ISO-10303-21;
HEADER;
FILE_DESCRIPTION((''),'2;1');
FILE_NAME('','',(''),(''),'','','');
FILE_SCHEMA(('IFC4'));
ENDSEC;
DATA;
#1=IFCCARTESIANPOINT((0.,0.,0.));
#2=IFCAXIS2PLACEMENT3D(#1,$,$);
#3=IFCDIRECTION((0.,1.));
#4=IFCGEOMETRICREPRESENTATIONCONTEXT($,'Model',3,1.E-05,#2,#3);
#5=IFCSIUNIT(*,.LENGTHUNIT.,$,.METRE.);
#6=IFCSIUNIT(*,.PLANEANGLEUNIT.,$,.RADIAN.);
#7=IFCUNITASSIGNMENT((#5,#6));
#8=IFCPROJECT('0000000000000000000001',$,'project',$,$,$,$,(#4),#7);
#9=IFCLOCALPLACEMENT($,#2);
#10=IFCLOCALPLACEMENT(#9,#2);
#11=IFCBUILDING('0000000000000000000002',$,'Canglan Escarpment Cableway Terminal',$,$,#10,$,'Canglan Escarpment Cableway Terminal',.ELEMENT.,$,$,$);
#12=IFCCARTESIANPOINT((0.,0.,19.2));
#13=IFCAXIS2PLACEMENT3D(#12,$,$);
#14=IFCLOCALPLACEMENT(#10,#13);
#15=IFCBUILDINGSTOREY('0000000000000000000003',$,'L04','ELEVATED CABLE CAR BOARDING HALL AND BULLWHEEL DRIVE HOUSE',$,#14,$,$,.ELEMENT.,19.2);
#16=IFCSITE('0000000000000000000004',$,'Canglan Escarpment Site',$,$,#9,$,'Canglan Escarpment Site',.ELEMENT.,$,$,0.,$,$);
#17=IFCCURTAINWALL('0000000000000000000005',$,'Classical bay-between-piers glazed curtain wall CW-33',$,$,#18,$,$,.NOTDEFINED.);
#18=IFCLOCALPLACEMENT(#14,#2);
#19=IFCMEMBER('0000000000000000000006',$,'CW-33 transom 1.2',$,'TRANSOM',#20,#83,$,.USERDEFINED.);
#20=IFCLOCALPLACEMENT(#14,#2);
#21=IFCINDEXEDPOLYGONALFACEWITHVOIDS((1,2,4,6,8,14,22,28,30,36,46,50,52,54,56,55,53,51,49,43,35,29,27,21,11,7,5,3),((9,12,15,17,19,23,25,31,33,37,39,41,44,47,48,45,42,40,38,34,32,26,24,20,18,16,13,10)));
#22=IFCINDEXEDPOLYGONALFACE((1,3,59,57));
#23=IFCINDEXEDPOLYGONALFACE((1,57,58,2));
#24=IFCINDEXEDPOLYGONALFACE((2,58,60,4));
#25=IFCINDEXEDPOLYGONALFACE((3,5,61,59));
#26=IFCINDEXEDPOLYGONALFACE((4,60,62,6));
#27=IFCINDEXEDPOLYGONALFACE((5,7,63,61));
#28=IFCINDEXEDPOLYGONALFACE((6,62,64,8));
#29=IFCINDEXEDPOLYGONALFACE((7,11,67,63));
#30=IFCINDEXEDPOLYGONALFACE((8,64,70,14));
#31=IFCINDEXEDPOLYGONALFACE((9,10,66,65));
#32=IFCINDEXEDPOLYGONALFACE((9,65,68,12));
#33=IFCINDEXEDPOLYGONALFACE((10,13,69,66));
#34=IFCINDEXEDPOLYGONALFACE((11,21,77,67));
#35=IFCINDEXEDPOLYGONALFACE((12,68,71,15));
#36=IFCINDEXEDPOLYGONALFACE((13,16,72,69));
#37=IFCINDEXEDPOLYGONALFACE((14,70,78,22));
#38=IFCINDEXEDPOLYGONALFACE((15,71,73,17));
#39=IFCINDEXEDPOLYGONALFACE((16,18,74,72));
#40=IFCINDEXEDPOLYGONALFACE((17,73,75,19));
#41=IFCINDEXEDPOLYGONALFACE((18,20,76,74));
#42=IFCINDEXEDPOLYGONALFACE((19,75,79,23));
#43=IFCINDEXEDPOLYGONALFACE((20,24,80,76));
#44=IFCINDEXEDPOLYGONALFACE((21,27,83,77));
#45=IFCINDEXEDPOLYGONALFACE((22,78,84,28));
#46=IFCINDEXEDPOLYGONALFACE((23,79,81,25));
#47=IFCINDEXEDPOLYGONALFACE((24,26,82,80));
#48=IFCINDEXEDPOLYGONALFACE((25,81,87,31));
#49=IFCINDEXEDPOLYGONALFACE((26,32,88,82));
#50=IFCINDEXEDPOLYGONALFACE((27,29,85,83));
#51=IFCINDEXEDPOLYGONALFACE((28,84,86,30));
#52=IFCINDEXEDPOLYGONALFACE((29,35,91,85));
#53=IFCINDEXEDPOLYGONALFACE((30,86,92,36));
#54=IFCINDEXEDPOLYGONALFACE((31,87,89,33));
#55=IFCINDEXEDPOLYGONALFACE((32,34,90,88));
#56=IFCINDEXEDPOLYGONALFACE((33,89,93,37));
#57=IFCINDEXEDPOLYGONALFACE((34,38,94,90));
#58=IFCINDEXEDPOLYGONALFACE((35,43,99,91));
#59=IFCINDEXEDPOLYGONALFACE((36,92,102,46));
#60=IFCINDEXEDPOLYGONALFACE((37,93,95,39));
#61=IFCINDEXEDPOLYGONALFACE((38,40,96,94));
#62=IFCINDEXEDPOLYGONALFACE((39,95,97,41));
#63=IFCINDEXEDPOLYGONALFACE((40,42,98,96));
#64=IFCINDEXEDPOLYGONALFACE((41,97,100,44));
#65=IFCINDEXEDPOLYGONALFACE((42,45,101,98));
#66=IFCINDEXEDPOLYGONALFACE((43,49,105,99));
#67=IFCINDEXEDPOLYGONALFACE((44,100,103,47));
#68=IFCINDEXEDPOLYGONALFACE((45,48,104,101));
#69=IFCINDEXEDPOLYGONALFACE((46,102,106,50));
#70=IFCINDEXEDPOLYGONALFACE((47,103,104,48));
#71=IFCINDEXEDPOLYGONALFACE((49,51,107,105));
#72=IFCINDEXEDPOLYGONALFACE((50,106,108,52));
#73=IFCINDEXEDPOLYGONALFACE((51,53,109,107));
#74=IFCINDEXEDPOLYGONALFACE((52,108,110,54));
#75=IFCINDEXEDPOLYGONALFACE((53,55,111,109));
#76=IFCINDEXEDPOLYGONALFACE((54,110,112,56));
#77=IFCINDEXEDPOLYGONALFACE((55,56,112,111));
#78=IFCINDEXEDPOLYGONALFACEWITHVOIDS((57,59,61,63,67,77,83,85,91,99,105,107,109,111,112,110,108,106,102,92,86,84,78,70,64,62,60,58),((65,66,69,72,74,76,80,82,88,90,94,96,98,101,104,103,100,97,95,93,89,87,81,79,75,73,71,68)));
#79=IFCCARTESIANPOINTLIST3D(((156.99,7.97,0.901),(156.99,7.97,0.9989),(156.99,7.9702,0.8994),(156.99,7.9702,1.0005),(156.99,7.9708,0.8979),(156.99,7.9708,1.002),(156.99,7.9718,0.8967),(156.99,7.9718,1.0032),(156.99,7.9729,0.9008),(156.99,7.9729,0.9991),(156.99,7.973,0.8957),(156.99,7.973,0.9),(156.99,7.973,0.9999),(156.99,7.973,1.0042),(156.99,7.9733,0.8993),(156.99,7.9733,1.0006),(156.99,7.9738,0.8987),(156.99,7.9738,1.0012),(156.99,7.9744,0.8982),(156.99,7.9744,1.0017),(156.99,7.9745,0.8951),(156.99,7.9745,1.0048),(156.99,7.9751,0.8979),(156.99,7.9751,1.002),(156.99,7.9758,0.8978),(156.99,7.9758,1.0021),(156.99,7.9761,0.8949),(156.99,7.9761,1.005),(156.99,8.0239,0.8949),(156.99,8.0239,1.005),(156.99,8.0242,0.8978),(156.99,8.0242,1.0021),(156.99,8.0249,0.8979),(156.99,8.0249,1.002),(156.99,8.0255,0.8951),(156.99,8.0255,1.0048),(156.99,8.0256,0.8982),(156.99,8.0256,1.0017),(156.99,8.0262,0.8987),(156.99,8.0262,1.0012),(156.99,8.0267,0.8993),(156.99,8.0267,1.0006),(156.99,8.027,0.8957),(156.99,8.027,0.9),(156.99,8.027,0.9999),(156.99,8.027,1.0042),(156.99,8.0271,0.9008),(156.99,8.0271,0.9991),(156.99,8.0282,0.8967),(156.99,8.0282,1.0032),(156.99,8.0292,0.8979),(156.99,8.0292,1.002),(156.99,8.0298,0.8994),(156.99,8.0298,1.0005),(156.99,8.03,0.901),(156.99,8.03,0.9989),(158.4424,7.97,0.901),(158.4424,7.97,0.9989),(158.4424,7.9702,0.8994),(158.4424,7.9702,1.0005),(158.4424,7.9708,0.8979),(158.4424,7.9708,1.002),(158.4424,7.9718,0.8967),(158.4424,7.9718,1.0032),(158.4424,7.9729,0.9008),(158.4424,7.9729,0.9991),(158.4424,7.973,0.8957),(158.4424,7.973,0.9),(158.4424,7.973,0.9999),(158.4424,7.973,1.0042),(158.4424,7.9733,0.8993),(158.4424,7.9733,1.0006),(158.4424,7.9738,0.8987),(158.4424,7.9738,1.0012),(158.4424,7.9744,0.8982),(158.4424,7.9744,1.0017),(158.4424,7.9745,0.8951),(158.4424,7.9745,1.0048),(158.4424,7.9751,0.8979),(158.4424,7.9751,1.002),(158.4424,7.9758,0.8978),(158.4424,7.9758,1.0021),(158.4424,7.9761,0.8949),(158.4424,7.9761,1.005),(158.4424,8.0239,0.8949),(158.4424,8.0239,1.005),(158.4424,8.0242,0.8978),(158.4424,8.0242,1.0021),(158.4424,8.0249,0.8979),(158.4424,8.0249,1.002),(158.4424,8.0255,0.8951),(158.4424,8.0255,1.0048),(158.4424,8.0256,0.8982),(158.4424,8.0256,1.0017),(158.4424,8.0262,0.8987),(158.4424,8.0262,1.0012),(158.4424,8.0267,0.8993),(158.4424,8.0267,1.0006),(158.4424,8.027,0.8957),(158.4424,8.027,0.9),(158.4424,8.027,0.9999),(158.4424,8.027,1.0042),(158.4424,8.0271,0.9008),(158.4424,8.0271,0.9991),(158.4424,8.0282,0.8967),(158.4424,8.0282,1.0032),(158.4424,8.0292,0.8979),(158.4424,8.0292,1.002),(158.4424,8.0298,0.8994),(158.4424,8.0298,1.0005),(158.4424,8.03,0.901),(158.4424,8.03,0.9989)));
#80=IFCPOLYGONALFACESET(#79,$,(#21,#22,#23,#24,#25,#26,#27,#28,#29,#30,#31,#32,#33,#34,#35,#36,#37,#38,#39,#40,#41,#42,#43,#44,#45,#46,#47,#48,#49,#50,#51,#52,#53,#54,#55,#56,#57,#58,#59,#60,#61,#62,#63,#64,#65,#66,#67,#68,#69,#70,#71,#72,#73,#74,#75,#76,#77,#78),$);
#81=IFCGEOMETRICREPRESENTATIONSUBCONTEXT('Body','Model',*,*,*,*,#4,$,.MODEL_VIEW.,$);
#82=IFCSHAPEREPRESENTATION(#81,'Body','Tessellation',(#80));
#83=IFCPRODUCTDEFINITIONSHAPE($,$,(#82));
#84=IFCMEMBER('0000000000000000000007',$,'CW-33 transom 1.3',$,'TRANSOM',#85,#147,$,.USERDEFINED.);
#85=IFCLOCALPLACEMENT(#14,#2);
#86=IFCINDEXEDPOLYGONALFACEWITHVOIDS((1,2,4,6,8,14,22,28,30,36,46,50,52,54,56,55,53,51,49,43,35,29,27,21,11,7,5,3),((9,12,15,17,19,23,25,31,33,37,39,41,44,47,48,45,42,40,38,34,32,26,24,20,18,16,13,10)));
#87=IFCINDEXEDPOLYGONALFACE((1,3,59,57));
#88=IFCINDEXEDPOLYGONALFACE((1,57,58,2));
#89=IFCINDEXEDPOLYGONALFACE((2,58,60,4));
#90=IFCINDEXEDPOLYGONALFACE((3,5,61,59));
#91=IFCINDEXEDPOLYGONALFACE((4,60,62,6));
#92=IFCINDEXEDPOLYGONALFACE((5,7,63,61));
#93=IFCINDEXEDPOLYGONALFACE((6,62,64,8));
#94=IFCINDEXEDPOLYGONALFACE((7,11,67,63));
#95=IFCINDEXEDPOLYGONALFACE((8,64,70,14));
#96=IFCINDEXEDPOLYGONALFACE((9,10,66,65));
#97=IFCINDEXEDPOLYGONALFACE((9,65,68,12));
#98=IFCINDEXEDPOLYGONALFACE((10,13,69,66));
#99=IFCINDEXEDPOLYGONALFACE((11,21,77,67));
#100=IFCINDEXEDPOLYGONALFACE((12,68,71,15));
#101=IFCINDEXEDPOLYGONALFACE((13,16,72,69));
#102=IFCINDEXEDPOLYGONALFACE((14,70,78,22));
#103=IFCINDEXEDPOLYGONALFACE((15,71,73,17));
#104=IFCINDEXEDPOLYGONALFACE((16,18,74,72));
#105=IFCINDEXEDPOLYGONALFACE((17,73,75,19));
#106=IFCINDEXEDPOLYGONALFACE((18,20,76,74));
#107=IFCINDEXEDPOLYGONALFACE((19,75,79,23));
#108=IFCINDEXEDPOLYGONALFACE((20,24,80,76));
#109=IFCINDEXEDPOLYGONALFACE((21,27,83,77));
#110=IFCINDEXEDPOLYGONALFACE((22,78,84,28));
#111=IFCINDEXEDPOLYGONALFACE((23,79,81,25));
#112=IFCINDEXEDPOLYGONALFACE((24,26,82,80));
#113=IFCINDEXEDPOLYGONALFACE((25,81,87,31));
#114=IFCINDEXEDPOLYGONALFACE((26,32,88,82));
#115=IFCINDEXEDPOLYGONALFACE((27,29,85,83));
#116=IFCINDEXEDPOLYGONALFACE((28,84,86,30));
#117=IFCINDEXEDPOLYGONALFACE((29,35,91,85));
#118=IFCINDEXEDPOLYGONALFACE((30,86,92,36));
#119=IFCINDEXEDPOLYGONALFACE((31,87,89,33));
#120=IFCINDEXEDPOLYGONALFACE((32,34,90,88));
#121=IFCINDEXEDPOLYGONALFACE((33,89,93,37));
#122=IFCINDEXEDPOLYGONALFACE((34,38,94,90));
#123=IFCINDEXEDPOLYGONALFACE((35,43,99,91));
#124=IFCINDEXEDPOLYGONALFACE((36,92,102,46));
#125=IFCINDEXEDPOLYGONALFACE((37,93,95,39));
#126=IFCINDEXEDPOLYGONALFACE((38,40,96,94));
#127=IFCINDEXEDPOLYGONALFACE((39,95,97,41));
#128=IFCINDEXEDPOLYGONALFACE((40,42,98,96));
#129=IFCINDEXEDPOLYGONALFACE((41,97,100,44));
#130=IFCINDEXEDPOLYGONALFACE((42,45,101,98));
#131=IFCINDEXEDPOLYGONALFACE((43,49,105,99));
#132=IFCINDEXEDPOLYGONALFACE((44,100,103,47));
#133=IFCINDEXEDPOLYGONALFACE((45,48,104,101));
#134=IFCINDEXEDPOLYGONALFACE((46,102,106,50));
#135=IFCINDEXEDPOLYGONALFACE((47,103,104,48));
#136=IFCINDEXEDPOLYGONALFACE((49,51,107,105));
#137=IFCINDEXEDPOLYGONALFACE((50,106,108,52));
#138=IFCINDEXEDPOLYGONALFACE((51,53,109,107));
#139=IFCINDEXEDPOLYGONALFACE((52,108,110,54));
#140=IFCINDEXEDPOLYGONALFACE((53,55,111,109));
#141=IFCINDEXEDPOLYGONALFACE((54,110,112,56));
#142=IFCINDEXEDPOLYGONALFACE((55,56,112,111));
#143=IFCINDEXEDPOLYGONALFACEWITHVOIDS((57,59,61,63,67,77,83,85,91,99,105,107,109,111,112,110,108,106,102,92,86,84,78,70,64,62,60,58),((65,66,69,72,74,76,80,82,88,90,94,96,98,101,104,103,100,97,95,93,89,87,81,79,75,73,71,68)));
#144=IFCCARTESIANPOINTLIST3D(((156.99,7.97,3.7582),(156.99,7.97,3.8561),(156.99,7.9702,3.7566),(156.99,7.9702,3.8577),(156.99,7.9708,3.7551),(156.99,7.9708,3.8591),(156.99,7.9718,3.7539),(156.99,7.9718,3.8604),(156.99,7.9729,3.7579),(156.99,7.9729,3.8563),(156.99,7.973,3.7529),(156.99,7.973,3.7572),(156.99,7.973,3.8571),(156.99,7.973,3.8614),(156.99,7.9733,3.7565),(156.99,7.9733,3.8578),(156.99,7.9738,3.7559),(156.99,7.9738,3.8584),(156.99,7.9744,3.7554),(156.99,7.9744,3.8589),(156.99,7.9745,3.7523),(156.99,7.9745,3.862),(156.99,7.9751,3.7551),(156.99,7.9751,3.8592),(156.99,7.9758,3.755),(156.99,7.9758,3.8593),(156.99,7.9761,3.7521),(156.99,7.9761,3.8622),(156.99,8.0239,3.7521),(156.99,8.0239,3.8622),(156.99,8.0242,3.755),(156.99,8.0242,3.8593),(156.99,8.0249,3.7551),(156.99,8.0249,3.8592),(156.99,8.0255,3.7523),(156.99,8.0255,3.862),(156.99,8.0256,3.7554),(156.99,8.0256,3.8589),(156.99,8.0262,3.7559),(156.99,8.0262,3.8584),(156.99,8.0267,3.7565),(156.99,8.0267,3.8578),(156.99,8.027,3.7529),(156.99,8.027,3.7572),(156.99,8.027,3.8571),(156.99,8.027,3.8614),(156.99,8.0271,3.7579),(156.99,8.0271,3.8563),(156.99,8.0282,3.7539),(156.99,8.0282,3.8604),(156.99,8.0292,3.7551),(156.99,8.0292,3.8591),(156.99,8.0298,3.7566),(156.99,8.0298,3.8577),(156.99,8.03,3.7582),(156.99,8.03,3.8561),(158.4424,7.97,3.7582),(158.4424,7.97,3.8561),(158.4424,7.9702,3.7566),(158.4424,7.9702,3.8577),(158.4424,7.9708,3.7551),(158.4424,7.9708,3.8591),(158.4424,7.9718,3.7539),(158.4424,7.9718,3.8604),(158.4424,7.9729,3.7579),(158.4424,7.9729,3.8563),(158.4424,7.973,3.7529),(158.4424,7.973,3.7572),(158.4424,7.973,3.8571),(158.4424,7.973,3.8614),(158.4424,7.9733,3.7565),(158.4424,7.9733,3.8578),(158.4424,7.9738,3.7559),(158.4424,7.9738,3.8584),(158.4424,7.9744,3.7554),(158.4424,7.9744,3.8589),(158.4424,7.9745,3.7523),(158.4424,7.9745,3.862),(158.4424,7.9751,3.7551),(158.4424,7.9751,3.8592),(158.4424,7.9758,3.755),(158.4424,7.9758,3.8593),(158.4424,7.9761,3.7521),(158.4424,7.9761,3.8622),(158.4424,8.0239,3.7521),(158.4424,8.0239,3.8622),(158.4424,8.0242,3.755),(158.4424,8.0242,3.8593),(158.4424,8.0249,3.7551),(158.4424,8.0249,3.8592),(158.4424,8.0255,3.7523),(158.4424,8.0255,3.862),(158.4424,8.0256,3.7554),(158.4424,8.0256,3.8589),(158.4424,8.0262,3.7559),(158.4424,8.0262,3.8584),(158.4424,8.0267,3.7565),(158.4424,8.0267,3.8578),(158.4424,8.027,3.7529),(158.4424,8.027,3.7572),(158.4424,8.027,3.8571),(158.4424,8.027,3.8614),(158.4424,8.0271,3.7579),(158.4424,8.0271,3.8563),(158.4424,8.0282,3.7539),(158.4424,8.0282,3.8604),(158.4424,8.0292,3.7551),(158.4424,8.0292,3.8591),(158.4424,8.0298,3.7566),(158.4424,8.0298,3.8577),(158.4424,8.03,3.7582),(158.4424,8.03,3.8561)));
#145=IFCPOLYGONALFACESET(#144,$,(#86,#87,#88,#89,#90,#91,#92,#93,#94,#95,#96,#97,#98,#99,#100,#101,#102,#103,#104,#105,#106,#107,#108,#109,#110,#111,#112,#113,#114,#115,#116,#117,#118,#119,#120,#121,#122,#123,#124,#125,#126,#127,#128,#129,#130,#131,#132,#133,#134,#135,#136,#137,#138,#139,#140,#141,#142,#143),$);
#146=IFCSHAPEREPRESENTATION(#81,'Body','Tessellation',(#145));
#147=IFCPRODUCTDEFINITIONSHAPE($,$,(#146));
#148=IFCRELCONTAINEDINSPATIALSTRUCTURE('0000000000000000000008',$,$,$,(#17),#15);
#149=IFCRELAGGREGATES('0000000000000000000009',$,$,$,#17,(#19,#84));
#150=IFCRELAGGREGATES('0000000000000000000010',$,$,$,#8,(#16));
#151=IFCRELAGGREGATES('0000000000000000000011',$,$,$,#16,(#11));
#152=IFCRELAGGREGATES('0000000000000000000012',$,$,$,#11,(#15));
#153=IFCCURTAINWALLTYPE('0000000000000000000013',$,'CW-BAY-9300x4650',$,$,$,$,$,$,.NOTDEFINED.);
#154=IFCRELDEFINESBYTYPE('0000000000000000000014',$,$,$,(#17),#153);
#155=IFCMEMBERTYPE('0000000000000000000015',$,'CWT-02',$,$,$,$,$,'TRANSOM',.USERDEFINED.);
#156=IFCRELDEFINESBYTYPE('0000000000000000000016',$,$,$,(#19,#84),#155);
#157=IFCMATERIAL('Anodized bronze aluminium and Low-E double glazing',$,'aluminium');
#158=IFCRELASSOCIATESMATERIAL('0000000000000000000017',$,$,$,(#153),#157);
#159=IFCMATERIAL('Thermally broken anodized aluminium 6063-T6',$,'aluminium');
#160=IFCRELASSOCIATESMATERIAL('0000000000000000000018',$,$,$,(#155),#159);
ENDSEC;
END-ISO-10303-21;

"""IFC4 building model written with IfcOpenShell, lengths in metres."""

from ifc_helpers import new_model, si_unit, direction, frame, origin, origin_2d, place, context, subcontext, project, spatial, hollow_rectangle, extrude, material, material_profile, profile_set, type_object, element, aggregate, save


model = new_model("IFC4")

# Units and contexts
model_context = context("Model", 3, precision=1e-05, world=origin(), true_north=direction((0.0, 1.0)))
body_context = subcontext(model_context, "Body", "Model", "MODEL_VIEW")
ifc_project = project(units=[si_unit("LENGTHUNIT", "METRE"), si_unit("PLANEANGLEUNIT", "RADIAN")], contexts=[model_context])

# Site, building, storey
site_placement = place(None, origin())
site = spatial("IfcSite", under=ifc_project, at=site_placement, Name="Canglan Escarpment Site", LongName="Canglan Escarpment Site", CompositionType="ELEMENT", RefElevation=0.0)
building_placement = place(site_placement, origin())
building = spatial("IfcBuilding", under=site, at=building_placement, Name="Canglan Escarpment Cableway Terminal", LongName="Canglan Escarpment Cableway Terminal", CompositionType="ELEMENT")
storey_placement = place(building_placement, frame((0.0, 0.0, 19.2)))
storey = spatial("IfcBuildingStorey", under=building, at=storey_placement, Name="L04", Description="ELEVATED CABLE CAR BOARDING HALL AND BULLWHEEL DRIVE HOUSE", CompositionType="ELEMENT", Elevation=19.2)

# Curtain wall
ifc_material_1 = material(Name="Anodized bronze aluminium and Low-E double glazing", Category="aluminium")
curtain_wall_type = type_object("IfcCurtainWallType", Name="CW-BAY-9300x4650", PredefinedType="NOTDEFINED", material=ifc_material_1)
ifc_material_2 = material(Name="Thermally broken anodized aluminium 6063-T6", Category="aluminium")
curtain_wall_1_placement = place(storey_placement, origin())
curtain_wall_1 = element("IfcCurtainWall", 1, at=curtain_wall_1_placement, inside=storey, type_object=curtain_wall_type, Name="Classical bay-between-piers glazed curtain wall CW-33", PredefinedType="NOTDEFINED")

# Members
ifc_material_profile_1 = material_profile(ifc_material_2, hollow_rectangle(XDim=0.0601, YDim=0.1101, WallThickness=0.0029, InnerFilletRadius=0.0029, OuterFilletRadius=0.0061, at=origin_2d()), Name="ALU-TRAN 60x110x3")
ifc_profile_set_1 = profile_set([ifc_material_profile_1], Name="Thermally broken anodized aluminium 6063-T6")
member_type_1 = type_object("IfcMemberType", Name="CWT-02", ElementType="TRANSOM", PredefinedType="USERDEFINED", material=ifc_profile_set_1)
member_1_placement = place(storey_placement, frame((156.99, 8.0, 0.95), z_axis=(1.0, 0.0, 0.0), x_axis=(0.0, 1.0, 0.0)))
member_1 = element("IfcMember", 2, at=member_1_placement, type_object=member_type_1, Name="CW-33 transom 1.2", ObjectType="TRANSOM", PredefinedType="USERDEFINED", context=body_context, shape_type="SweptSolid", body=[
    extrude(hollow_rectangle(XDim=0.0601, YDim=0.1101, WallThickness=0.0029, InnerFilletRadius=0.0029, OuterFilletRadius=0.0061, at=origin_2d()), origin(), (0.0, 0.0, 1.0), 1.4524),
])
member_2_placement = place(storey_placement, frame((156.99, 8.0, 3.8071), z_axis=(1.0, 0.0, 0.0), x_axis=(0.0, 1.0, 0.0)))
member_2 = element("IfcMember", 3, at=member_2_placement, type_object=member_type_1, Name="CW-33 transom 1.3", ObjectType="TRANSOM", PredefinedType="USERDEFINED", context=body_context, shape_type="SweptSolid", body=[
    extrude(hollow_rectangle(XDim=0.0601, YDim=0.1101, WallThickness=0.0029, InnerFilletRadius=0.0029, OuterFilletRadius=0.0061, at=origin_2d()), origin(), (0.0, 0.0, 1.0), 1.4524),
])

aggregate(curtain_wall_1, [member_1, member_2])

save(model, "model.ifc")
